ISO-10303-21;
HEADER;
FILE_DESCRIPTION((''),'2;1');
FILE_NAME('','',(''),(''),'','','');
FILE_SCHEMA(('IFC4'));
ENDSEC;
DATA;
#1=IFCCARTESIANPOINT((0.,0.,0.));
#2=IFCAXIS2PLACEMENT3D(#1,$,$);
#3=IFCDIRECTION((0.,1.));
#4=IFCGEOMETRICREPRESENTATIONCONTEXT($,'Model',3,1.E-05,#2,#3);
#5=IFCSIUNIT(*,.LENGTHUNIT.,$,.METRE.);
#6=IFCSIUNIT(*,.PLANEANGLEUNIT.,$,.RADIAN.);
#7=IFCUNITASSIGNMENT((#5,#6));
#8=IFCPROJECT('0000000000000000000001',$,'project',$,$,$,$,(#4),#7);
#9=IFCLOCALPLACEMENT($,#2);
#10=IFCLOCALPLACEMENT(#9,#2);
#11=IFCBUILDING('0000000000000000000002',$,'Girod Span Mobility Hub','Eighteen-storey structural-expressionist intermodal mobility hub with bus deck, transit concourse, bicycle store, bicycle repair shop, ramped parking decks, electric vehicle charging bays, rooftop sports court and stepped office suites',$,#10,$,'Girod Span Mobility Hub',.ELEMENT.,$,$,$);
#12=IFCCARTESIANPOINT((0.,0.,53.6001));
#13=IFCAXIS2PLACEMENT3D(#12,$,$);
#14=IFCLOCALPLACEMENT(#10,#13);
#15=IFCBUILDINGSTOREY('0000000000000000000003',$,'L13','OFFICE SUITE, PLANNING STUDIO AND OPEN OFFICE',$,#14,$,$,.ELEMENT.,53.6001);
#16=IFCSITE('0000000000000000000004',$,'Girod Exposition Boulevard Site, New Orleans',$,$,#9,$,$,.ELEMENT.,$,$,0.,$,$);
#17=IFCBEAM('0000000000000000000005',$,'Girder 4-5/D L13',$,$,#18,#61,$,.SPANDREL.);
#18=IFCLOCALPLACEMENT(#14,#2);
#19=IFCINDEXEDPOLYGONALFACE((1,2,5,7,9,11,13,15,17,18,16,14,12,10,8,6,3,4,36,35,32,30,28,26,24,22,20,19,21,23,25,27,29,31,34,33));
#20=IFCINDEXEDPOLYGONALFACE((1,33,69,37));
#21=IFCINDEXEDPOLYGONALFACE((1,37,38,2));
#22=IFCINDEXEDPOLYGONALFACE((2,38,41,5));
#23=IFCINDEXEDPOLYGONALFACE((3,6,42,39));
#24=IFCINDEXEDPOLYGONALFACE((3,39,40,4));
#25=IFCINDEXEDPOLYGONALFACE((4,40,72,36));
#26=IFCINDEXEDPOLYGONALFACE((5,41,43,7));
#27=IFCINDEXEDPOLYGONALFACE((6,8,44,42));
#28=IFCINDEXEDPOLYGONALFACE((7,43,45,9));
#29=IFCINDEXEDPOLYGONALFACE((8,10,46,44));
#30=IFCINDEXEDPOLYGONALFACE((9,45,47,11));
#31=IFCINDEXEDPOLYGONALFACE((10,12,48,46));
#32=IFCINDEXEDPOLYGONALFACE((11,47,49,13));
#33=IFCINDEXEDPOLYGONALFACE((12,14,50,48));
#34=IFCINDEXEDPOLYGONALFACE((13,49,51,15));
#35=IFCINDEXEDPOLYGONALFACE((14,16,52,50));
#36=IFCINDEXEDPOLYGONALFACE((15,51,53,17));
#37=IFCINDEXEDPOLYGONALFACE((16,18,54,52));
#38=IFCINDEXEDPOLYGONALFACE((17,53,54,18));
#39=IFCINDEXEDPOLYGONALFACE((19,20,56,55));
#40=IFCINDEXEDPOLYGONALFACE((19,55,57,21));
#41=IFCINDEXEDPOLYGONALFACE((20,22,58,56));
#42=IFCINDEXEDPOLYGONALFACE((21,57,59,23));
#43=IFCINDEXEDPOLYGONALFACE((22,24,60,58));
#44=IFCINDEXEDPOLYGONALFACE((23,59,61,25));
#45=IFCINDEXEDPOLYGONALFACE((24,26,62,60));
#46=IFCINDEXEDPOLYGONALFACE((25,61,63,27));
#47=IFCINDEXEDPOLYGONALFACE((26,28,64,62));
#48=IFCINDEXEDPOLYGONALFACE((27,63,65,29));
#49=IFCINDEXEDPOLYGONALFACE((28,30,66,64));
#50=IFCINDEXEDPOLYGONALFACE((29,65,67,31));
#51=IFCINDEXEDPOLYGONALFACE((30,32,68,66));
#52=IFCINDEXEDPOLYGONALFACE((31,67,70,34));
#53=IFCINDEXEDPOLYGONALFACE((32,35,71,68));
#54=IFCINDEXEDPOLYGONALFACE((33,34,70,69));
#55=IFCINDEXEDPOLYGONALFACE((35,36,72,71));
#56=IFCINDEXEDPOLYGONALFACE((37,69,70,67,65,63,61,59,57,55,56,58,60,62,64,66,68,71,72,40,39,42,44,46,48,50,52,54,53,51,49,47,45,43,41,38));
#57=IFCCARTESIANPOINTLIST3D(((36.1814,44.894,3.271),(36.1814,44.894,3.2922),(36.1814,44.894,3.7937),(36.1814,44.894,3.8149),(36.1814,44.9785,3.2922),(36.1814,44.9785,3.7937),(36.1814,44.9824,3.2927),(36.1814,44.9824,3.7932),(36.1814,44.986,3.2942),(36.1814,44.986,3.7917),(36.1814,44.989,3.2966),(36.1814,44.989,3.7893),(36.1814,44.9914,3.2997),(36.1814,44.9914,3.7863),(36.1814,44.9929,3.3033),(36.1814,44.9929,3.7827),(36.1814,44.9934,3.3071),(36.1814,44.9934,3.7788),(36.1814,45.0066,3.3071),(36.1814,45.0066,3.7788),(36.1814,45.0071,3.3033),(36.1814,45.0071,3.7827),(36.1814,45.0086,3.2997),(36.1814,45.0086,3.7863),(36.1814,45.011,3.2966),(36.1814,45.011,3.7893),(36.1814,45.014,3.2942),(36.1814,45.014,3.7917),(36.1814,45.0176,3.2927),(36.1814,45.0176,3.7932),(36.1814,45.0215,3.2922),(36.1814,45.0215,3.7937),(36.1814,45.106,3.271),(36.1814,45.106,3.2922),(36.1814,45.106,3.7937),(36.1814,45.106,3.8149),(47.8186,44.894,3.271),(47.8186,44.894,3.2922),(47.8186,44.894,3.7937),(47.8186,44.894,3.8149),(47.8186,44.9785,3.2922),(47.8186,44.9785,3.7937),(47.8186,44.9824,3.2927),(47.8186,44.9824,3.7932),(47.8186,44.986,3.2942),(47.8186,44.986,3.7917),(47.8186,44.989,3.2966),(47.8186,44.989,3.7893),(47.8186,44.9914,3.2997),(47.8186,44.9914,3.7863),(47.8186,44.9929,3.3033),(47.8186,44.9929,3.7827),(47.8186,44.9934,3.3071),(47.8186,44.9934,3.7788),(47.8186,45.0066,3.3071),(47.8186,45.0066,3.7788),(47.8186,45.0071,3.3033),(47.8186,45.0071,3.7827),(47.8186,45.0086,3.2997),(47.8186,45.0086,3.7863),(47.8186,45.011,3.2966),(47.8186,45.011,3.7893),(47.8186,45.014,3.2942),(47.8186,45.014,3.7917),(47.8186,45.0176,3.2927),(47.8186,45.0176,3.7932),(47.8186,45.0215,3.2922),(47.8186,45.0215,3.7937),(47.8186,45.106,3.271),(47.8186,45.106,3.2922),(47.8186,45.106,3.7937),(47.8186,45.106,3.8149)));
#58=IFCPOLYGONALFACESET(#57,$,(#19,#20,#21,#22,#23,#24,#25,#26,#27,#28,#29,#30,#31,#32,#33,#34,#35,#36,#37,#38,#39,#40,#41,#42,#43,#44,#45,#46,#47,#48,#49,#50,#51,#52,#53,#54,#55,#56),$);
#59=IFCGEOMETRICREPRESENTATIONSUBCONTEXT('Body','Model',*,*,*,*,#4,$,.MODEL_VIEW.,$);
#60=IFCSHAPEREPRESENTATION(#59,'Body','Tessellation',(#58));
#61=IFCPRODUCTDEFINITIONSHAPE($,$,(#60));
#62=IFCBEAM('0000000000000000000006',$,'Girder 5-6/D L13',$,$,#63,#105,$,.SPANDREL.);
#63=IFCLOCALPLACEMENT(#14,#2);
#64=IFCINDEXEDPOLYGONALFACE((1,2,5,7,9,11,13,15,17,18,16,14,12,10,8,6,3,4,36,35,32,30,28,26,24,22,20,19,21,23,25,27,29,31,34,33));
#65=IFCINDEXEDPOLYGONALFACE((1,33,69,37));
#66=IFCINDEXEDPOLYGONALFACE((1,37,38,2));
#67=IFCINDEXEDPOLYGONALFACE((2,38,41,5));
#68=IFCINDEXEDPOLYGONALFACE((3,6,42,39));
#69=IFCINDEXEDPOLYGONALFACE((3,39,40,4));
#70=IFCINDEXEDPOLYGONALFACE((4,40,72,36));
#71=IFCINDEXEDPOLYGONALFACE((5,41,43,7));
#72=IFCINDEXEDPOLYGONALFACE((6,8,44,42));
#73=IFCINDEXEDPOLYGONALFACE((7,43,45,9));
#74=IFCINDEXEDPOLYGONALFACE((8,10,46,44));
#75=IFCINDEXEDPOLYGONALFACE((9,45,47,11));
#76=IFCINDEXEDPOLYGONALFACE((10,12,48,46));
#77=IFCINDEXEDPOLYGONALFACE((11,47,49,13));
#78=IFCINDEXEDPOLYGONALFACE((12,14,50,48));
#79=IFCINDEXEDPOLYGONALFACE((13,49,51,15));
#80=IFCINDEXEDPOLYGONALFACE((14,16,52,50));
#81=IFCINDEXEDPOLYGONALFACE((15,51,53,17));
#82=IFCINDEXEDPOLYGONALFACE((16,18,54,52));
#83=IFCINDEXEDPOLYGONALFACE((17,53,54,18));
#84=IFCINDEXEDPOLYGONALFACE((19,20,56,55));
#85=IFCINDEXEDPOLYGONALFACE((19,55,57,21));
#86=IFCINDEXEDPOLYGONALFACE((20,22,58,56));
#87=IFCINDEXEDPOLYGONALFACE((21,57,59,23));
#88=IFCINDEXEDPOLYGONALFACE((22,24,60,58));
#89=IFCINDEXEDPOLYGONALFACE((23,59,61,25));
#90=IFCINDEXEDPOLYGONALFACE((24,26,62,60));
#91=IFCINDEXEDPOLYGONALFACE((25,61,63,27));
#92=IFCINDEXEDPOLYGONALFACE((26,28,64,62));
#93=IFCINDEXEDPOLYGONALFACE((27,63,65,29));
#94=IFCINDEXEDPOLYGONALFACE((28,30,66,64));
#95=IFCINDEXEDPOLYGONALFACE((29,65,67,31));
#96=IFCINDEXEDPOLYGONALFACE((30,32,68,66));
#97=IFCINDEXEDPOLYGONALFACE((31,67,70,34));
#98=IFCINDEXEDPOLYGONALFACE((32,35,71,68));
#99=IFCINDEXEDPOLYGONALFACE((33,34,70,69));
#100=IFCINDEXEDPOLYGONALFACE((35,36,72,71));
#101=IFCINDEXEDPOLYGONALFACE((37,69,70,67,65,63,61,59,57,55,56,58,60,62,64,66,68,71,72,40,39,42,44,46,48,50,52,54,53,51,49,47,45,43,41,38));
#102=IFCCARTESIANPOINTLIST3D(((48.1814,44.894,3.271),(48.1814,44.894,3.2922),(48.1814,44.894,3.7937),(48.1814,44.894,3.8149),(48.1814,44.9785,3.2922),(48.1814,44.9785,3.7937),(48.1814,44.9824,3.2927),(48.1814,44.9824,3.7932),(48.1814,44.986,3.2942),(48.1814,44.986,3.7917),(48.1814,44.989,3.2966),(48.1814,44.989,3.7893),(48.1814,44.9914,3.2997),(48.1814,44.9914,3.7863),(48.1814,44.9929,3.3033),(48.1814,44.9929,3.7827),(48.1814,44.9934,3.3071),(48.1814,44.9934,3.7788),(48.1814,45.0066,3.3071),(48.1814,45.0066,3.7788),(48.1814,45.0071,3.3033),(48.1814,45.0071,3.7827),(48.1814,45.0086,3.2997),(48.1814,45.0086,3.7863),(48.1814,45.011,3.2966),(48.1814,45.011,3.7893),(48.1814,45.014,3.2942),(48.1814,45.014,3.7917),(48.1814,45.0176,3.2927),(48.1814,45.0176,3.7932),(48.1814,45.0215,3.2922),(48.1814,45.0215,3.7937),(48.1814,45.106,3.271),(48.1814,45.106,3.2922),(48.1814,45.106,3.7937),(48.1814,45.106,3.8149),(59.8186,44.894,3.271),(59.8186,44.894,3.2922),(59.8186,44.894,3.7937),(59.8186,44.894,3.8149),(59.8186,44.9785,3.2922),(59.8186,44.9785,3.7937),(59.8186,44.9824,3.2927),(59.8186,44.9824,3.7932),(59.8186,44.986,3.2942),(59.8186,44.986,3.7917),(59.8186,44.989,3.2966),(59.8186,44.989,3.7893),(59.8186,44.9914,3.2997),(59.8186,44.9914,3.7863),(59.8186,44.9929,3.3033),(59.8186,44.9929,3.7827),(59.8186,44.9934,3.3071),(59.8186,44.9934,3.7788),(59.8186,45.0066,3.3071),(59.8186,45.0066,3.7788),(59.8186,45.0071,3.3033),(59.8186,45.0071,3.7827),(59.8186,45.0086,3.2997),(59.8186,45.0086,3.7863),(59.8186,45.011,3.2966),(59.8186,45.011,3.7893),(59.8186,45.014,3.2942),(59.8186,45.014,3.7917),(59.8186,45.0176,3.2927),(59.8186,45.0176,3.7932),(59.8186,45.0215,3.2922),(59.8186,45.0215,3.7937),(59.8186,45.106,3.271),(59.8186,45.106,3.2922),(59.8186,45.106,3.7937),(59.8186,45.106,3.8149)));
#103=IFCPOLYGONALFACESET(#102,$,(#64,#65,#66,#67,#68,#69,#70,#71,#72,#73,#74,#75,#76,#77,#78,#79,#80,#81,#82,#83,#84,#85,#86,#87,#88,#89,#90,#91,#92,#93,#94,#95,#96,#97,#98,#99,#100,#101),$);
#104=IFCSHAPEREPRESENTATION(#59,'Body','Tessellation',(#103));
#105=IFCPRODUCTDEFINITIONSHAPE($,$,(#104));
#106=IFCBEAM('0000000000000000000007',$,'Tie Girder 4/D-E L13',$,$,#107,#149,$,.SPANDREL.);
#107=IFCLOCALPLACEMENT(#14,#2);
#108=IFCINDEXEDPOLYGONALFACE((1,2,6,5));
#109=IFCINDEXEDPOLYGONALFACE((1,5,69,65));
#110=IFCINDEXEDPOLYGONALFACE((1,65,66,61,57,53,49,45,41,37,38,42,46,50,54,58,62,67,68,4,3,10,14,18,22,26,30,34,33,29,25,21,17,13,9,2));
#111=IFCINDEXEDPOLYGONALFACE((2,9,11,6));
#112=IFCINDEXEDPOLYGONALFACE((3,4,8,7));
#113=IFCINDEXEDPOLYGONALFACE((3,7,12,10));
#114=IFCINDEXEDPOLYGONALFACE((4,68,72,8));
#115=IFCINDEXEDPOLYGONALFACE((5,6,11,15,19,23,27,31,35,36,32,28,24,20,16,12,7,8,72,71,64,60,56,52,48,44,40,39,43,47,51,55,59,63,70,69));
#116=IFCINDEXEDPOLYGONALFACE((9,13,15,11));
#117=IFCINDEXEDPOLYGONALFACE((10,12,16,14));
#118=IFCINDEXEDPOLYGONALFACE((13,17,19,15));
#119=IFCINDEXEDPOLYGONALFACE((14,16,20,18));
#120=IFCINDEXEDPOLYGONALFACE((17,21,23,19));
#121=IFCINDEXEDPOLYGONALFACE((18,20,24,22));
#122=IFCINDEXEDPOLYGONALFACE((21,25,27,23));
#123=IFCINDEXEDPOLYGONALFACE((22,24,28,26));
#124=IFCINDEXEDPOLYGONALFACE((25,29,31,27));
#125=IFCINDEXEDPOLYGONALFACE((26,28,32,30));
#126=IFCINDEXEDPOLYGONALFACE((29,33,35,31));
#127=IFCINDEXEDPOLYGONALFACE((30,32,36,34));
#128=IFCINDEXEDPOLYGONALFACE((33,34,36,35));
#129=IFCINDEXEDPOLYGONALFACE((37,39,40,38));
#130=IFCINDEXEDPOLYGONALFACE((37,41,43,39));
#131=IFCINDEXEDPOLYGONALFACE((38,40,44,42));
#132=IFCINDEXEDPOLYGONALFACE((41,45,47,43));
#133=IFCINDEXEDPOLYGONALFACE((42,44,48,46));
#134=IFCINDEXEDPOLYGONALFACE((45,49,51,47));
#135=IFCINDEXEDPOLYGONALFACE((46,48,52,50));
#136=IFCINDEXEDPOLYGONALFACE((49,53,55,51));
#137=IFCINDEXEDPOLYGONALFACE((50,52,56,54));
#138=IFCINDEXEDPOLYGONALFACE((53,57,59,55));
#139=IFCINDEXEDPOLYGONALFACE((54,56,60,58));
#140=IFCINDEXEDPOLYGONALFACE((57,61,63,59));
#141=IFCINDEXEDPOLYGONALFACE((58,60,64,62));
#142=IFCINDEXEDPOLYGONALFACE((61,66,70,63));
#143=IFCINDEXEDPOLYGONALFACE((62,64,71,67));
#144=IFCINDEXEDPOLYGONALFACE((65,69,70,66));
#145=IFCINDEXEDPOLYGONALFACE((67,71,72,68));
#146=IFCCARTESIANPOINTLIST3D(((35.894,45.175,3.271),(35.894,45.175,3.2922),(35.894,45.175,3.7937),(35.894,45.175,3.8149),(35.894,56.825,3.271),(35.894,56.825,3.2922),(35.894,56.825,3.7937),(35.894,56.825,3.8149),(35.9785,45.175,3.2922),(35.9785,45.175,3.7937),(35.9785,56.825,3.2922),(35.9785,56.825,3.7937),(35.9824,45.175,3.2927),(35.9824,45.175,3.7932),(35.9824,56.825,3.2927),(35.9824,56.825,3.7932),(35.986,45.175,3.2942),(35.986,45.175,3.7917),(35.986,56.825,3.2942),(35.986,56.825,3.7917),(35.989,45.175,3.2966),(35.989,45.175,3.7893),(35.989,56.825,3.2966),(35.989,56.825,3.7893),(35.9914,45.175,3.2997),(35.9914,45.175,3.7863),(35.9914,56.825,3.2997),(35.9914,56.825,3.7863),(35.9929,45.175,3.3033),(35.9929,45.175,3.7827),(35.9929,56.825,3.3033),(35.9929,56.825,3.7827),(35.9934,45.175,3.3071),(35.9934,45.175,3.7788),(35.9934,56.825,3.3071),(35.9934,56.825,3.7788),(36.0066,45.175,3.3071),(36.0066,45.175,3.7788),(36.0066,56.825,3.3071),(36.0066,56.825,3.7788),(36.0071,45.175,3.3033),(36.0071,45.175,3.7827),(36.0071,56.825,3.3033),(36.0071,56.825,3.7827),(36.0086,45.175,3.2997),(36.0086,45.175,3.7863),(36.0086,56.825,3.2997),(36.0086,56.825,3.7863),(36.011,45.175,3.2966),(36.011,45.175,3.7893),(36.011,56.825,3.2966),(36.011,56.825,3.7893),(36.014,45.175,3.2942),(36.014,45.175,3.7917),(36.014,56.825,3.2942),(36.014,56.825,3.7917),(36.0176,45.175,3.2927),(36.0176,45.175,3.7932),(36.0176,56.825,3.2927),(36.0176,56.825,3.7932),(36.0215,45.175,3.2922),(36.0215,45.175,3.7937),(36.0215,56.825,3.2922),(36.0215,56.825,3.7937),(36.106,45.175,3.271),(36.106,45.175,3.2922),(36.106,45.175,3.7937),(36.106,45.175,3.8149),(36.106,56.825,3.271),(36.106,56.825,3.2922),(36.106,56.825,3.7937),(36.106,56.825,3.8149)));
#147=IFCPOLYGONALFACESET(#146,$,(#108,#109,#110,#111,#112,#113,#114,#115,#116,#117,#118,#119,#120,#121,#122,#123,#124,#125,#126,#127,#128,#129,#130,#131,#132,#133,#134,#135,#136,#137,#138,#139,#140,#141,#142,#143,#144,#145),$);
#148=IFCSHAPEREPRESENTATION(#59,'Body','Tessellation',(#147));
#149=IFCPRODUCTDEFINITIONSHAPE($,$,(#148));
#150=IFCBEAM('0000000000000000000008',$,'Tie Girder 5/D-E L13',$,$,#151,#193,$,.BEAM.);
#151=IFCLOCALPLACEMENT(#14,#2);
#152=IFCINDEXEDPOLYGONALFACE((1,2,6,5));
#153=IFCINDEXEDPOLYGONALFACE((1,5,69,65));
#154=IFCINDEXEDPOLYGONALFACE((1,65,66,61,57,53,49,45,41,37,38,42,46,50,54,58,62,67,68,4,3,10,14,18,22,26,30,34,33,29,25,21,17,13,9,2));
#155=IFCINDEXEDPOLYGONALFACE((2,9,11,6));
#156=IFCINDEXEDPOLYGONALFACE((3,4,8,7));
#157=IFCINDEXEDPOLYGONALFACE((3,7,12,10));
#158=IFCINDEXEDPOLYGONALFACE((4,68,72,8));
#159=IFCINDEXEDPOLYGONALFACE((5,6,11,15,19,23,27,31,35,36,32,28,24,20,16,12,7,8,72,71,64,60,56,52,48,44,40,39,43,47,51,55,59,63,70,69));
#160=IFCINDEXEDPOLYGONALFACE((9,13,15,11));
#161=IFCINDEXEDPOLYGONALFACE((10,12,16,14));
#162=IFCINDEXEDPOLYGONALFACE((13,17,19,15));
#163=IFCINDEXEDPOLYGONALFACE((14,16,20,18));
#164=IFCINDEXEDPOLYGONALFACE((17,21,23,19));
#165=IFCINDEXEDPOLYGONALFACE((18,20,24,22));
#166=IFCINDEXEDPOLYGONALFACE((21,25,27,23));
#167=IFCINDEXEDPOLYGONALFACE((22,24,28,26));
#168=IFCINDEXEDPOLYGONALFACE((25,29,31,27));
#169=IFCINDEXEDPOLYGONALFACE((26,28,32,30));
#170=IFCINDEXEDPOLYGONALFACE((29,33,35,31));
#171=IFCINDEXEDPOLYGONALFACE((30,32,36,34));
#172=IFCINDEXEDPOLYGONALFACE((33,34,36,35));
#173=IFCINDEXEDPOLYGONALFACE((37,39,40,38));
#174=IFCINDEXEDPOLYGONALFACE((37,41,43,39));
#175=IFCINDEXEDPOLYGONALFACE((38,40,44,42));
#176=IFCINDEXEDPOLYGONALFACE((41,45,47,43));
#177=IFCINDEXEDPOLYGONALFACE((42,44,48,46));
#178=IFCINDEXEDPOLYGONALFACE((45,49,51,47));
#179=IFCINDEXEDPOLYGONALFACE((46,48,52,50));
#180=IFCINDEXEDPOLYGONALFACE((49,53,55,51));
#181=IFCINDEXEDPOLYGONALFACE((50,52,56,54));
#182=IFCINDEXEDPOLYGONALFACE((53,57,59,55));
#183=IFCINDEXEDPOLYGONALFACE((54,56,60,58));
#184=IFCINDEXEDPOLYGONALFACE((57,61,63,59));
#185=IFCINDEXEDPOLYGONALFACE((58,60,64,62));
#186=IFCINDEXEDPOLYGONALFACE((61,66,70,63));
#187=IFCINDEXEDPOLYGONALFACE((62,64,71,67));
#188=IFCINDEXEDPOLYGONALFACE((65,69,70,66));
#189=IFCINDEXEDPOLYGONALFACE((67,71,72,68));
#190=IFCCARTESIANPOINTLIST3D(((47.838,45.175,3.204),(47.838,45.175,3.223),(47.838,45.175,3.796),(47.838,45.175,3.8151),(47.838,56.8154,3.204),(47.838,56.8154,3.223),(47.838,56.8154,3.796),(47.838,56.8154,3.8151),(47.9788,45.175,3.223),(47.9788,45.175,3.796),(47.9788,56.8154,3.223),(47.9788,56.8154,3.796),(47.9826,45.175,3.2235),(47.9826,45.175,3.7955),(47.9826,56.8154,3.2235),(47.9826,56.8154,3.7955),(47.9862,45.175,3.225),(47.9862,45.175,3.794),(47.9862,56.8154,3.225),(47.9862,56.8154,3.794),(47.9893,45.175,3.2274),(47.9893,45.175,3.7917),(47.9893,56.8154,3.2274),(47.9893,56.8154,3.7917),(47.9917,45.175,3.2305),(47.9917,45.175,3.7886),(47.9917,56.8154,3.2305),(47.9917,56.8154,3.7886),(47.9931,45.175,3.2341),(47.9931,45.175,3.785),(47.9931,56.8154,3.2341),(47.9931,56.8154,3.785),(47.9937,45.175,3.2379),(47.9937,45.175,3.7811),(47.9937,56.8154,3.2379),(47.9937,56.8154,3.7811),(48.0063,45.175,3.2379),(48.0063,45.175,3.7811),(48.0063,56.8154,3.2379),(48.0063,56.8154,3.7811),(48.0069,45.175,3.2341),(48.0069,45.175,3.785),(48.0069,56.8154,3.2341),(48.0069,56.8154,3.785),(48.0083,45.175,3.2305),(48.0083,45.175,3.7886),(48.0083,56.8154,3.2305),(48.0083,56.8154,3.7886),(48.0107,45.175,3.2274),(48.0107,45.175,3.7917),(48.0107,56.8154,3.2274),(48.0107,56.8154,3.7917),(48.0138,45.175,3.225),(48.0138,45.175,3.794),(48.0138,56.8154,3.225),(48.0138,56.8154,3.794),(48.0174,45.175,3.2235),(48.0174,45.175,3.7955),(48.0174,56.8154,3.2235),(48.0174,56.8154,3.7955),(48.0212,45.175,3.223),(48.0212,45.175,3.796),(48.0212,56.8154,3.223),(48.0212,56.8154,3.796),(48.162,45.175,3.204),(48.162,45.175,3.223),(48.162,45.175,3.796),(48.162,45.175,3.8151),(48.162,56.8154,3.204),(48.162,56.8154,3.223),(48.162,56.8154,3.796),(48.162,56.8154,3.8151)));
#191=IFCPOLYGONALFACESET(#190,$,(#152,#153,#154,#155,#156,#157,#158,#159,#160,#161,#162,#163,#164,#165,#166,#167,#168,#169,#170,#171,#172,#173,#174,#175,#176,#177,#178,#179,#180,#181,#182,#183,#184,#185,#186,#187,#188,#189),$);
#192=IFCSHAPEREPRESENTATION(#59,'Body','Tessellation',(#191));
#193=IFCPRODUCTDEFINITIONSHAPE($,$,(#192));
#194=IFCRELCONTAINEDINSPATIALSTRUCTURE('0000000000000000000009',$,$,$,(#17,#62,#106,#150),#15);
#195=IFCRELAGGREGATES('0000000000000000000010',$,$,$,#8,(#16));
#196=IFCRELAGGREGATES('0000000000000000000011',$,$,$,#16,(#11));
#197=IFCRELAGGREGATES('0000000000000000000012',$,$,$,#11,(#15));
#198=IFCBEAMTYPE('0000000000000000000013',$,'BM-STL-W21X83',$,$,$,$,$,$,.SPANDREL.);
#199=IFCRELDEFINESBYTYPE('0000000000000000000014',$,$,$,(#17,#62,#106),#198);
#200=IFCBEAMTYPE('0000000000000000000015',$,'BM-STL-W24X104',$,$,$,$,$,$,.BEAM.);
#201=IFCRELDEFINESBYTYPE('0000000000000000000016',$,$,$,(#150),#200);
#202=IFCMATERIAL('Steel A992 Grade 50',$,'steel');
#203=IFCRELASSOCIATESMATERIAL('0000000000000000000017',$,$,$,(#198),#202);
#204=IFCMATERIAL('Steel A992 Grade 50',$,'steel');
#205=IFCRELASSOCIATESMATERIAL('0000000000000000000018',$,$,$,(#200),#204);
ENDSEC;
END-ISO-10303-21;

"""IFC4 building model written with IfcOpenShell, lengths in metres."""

from ifc_helpers import new_model, si_unit, direction, frame, origin, origin_2d, place, context, subcontext, project, spatial, i_section, extrude, material, material_profile, profile_set, type_object, element, save


model = new_model("IFC4")

# Units and contexts
model_context = context("Model", 3, precision=1e-05, world=origin(), true_north=direction((0.0, 1.0)))
body_context = subcontext(model_context, "Body", "Model", "MODEL_VIEW")
ifc_project = project(units=[si_unit("LENGTHUNIT", "METRE"), si_unit("PLANEANGLEUNIT", "RADIAN")], contexts=[model_context])

# Site, building, storey
site_placement = place(None, origin())
site = spatial("IfcSite", under=ifc_project, at=site_placement, Name="Girod Exposition Boulevard Site, New Orleans", CompositionType="ELEMENT", RefElevation=0.0)
building_placement = place(site_placement, origin())
building = spatial("IfcBuilding", under=site, at=building_placement, Name="Girod Span Mobility Hub", Description="Eighteen-storey structural-expressionist intermodal mobility hub with bus deck, transit concourse, bicycle store, bicycle repair shop, ramped parking decks, electric vehicle charging bays, rooftop sports court and stepped office suites", LongName="Girod Span Mobility Hub", CompositionType="ELEMENT")
storey_placement = place(building_placement, frame((0.0, 0.0, 53.6001)))
storey = spatial("IfcBuildingStorey", under=building, at=storey_placement, Name="L13", Description="OFFICE SUITE, PLANNING STUDIO AND OPEN OFFICE", CompositionType="ELEMENT", Elevation=53.6001)

# Beams
ifc_material_1 = material(Name="Steel A992 Grade 50", Category="steel")
ifc_material_profile_1 = material_profile(ifc_material_1, i_section(OverallWidth=0.2119, OverallDepth=0.5439, WebThickness=0.0132, FlangeThickness=0.0212, FilletRadius=0.0149, at=origin_2d()), Name="W21X83")
ifc_profile_set_1 = profile_set([ifc_material_profile_1], Name="Steel A992 Grade 50")
beam_type_1 = type_object("IfcBeamType", Name="BM-STL-W21X83", PredefinedType="SPANDREL", material=ifc_profile_set_1)
for number, where, z_axis, x_axis, name in (
    (1, (36.1814, 45.0, 3.543), (1.0, 0.0, 0.0), (0.0, 1.0, 0.0), "Girder 4-5/D L13"),
    (2, (48.1814, 45.0, 3.543), (1.0, 0.0, 0.0), (0.0, 1.0, 0.0), "Girder 5-6/D L13"),
):
    element("IfcBeam", number, at=place(storey_placement, frame(where, z_axis=z_axis, x_axis=x_axis)), inside=storey, type_object=beam_type_1, Name=name, PredefinedType="SPANDREL", context=body_context, shape_type="SweptSolid", body=[
        extrude(i_section(OverallWidth=0.2119, OverallDepth=0.5439, WebThickness=0.0132, FlangeThickness=0.0212, FilletRadius=0.0149, at=origin_2d()), origin(), (0.0, 0.0, 1.0), 11.6372),
    ])
beam_1_placement = place(storey_placement, frame((36.0, 45.175, 3.543), z_axis=(0.0, 1.0, 0.0), x_axis=(-1.0, 0.0, 0.0)))
element("IfcBeam", 3, at=beam_1_placement, inside=storey, type_object=beam_type_1, Name="Tie Girder 4/D-E L13", PredefinedType="SPANDREL", context=body_context, shape_type="SweptSolid", body=[
    extrude(i_section(OverallWidth=0.2119, OverallDepth=0.5439, WebThickness=0.0132, FlangeThickness=0.0212, FilletRadius=0.0149, at=origin_2d()), origin(), (0.0, 0.0, 1.0), 11.6499),
])
ifc_material_2 = material(Name="Steel A992 Grade 50", Category="steel")
ifc_material_profile_2 = material_profile(ifc_material_2, i_section(OverallWidth=0.324, OverallDepth=0.6111, WebThickness=0.0127, FlangeThickness=0.019, FilletRadius=0.0149, at=origin_2d()), Name="W24X104")
ifc_profile_set_2 = profile_set([ifc_material_profile_2], Name="Steel A992 Grade 50")
beam_type_2 = type_object("IfcBeamType", Name="BM-STL-W24X104", PredefinedType="BEAM", material=ifc_profile_set_2)
beam_2_placement = place(storey_placement, frame((48.0, 45.175, 3.5095), z_axis=(0.0, 1.0, 0.0), x_axis=(-1.0, 0.0, 0.0)))
element("IfcBeam", 4, at=beam_2_placement, inside=storey, type_object=beam_type_2, Name="Tie Girder 5/D-E L13", PredefinedType="BEAM", context=body_context, shape_type="SweptSolid", body=[
    extrude(i_section(OverallWidth=0.324, OverallDepth=0.6111, WebThickness=0.0127, FlangeThickness=0.019, FilletRadius=0.0149, at=origin_2d()), origin(), (0.0, 0.0, 1.0), 11.6404),
])

save(model, "model.ifc")
